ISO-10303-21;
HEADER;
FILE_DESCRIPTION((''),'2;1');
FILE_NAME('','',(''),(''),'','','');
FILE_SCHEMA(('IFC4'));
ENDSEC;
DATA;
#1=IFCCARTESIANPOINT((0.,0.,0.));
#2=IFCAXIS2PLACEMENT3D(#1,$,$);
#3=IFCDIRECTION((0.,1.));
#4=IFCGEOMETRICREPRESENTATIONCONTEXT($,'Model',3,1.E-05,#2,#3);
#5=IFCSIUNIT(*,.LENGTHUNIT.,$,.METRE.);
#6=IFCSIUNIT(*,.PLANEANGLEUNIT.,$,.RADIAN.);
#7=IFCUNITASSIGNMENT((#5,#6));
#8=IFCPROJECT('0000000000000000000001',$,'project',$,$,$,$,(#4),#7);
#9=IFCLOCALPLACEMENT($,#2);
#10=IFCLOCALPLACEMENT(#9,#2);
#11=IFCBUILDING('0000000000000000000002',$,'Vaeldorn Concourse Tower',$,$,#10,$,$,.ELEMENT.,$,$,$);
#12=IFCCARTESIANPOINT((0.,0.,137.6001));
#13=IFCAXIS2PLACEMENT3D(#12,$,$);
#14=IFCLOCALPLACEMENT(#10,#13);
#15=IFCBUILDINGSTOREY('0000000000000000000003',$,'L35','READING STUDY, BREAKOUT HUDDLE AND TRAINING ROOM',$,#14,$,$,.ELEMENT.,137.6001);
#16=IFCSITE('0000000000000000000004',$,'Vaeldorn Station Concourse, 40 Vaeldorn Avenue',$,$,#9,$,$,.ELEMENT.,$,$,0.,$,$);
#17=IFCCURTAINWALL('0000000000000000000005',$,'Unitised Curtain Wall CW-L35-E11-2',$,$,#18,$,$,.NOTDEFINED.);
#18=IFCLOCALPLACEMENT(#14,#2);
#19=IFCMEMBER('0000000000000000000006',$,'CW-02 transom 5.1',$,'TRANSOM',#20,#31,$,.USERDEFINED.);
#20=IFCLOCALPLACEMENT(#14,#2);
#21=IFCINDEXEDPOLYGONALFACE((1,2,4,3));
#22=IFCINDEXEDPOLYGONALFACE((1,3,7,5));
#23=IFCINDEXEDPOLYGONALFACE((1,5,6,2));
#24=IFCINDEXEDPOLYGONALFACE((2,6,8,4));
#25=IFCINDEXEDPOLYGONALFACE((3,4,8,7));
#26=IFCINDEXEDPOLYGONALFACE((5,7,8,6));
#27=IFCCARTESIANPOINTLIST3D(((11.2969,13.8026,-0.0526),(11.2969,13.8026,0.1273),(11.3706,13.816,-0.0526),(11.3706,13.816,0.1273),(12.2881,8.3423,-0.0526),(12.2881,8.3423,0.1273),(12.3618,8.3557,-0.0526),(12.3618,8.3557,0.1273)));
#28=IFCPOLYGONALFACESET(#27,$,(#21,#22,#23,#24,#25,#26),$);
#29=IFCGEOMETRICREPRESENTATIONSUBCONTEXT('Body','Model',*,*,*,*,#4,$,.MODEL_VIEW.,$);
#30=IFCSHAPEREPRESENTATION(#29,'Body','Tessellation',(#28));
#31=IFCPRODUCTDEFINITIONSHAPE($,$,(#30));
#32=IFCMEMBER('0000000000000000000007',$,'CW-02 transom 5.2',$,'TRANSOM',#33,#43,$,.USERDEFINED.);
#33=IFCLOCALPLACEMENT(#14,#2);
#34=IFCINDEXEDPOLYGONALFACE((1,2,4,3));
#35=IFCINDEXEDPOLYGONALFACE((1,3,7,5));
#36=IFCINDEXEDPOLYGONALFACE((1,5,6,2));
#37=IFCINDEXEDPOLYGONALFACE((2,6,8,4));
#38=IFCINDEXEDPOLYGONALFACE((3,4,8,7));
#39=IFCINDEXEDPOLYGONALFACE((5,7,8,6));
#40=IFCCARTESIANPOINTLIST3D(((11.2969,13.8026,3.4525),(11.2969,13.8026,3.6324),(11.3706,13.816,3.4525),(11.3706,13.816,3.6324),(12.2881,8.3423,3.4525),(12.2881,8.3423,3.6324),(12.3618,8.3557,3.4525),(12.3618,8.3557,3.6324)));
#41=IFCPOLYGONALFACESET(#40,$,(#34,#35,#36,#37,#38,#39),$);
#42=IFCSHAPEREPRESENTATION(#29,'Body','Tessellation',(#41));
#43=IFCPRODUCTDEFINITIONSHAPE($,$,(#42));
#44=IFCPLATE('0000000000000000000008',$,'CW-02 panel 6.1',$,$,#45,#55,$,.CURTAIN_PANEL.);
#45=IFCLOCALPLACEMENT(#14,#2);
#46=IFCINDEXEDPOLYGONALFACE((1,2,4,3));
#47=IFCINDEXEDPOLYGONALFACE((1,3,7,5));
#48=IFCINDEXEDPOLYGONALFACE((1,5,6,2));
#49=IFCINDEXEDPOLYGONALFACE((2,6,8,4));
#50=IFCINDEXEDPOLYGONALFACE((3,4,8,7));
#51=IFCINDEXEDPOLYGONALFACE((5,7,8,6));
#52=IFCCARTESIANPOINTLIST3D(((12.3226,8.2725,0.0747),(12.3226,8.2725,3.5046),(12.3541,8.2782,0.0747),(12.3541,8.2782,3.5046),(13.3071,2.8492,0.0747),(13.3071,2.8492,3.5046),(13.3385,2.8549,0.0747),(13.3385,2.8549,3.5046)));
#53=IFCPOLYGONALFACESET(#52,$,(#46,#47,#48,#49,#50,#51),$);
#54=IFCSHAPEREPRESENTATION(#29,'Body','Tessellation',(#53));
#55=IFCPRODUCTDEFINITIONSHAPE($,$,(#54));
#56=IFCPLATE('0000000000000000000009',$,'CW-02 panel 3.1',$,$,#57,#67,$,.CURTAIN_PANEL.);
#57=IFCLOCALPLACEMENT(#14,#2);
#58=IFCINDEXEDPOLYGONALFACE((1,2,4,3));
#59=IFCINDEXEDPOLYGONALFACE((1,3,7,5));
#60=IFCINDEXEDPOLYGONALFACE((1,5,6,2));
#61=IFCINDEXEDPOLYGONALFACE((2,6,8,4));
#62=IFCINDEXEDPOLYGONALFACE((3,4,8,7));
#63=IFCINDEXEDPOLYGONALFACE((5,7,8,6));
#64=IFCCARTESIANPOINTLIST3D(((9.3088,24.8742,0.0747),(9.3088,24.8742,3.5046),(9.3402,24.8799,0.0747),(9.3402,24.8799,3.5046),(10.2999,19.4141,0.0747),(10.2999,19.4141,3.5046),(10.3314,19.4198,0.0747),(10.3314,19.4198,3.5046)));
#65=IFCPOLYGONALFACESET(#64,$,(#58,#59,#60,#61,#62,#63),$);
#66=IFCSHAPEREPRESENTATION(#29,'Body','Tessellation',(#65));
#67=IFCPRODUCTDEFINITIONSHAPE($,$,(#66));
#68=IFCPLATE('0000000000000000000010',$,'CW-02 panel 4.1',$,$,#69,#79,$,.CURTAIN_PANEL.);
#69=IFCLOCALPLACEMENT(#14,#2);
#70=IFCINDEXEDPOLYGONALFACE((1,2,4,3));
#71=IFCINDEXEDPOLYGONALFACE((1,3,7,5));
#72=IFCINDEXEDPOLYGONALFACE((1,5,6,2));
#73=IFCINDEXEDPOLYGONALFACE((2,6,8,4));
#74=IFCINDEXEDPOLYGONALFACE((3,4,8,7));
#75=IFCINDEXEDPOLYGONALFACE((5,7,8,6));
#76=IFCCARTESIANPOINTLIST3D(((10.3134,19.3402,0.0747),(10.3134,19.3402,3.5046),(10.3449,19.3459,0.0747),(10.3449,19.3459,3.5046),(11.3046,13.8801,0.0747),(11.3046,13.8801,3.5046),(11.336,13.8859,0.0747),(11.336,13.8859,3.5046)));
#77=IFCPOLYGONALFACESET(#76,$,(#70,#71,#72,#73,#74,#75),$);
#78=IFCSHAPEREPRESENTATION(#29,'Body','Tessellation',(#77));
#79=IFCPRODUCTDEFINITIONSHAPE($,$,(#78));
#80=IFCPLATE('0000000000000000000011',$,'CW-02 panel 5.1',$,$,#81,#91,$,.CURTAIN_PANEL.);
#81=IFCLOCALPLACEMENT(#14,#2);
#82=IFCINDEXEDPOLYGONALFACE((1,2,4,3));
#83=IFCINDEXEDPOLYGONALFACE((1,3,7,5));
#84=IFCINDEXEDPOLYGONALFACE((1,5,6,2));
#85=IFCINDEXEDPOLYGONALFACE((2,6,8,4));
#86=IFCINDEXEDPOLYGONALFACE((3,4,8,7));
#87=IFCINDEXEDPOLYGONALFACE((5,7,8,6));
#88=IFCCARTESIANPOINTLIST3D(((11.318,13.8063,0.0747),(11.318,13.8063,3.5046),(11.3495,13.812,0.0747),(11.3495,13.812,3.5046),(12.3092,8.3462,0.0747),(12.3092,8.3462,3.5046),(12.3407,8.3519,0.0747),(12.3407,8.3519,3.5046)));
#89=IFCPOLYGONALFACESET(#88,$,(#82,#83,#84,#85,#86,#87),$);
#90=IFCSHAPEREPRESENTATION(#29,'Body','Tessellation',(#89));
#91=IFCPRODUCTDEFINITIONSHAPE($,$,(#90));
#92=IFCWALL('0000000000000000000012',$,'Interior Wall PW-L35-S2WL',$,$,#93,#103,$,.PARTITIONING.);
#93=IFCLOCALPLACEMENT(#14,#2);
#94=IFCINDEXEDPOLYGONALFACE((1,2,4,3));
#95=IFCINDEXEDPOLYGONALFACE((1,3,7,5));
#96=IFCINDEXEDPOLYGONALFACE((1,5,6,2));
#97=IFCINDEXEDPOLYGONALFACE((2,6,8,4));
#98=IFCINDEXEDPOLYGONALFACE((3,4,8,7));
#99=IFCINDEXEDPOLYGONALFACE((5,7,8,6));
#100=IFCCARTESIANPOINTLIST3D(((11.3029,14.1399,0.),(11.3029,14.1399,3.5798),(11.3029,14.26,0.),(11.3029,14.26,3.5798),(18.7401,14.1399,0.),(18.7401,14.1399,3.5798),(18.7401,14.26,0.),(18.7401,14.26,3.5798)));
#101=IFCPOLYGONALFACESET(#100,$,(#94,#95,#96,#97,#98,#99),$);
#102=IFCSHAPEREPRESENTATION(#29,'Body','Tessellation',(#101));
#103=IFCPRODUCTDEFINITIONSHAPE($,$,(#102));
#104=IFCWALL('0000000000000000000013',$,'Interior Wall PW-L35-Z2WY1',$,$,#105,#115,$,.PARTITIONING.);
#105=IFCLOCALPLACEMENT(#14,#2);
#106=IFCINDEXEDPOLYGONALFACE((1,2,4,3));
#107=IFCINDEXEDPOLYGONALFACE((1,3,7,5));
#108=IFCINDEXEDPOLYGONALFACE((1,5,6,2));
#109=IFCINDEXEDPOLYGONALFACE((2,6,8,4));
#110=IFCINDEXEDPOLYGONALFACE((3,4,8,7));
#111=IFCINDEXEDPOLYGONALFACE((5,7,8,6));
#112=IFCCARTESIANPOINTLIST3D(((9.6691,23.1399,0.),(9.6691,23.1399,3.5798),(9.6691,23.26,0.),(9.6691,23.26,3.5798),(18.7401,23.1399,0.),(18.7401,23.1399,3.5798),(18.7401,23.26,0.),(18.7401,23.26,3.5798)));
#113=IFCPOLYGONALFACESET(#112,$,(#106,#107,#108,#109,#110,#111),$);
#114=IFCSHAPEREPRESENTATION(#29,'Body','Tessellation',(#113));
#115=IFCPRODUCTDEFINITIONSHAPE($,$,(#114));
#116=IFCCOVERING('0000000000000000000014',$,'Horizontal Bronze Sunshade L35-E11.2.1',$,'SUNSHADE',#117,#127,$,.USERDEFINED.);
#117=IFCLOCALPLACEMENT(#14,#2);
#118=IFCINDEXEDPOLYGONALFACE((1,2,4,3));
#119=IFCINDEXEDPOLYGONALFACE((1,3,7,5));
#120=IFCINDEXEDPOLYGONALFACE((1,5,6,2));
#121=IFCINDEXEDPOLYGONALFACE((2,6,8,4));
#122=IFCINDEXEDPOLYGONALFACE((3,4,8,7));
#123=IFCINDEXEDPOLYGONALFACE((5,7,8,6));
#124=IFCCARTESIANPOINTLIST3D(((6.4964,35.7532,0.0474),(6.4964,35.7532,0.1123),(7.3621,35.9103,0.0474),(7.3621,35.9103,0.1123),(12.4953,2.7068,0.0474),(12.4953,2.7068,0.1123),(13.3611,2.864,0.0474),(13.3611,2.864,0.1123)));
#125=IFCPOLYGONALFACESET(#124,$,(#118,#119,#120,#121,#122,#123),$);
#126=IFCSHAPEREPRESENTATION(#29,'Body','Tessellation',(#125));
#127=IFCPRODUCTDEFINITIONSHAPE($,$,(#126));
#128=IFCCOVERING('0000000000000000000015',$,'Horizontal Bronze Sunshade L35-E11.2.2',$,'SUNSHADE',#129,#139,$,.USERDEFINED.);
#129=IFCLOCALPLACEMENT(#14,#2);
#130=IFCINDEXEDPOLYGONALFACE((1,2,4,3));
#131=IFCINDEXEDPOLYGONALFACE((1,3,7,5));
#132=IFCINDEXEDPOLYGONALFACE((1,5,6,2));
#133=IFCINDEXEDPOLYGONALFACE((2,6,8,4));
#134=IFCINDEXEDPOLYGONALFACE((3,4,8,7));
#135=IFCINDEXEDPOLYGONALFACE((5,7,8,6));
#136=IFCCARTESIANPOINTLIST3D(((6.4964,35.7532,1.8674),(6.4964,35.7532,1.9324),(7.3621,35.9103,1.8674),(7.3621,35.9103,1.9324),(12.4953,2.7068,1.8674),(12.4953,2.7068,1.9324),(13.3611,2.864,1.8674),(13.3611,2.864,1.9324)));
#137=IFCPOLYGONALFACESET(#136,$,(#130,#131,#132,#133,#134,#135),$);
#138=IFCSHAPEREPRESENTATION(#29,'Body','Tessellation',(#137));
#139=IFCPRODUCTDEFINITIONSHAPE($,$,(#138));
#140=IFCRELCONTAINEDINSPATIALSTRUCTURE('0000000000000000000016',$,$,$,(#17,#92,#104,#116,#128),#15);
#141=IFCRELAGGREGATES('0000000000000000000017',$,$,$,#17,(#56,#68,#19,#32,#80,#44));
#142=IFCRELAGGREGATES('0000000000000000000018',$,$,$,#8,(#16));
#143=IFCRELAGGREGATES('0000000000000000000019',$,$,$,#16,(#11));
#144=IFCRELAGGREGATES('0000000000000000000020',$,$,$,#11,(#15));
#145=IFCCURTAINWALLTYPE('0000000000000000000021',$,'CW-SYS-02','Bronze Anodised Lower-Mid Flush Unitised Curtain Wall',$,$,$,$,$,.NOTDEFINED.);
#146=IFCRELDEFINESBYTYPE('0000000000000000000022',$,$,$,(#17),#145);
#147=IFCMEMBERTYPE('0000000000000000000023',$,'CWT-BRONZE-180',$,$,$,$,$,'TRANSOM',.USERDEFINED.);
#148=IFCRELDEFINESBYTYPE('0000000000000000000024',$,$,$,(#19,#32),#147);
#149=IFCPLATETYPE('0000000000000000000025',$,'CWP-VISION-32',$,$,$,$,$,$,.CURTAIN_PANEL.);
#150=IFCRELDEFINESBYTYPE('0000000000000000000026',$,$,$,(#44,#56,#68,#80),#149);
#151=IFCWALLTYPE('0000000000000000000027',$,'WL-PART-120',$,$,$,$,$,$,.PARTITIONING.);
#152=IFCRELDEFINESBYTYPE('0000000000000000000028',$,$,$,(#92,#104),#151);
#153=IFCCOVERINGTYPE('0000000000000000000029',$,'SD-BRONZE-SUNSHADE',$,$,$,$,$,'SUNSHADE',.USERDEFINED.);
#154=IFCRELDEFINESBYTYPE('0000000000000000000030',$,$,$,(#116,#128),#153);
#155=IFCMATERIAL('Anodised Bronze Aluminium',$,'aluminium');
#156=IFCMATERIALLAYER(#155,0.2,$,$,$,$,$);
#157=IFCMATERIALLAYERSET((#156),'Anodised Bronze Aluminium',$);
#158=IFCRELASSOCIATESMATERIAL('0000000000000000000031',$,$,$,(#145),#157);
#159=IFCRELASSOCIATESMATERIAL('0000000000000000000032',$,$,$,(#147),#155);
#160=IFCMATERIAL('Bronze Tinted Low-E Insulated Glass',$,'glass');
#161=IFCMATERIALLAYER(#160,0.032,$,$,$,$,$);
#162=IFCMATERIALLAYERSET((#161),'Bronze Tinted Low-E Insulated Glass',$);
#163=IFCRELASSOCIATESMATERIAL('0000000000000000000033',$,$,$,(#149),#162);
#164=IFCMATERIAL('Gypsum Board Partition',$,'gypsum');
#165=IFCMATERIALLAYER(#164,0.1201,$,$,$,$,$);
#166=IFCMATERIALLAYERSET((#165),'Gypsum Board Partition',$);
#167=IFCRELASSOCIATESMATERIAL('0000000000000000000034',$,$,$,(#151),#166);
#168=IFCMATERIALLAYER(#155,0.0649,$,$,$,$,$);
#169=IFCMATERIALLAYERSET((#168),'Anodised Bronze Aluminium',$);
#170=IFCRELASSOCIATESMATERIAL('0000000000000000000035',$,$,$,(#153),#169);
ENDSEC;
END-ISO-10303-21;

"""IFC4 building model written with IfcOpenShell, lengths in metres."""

from ifc_helpers import new_model, si_unit, direction, frame, frame_2d, origin, origin_2d, place, context, subcontext, project, spatial, rectangle, extrude, source, transform, mapped, material, layer, layer_set, material_profile, profile_set, type_object, element, aggregate, save


model = new_model("IFC4")

# Units and contexts
model_context = context("Model", 3, precision=1e-05, world=origin(), true_north=direction((0.0, 1.0)))
body_context = subcontext(model_context, "Body", "Model", "MODEL_VIEW")
ifc_project = project(units=[si_unit("LENGTHUNIT", "METRE"), si_unit("PLANEANGLEUNIT", "RADIAN")], contexts=[model_context])

# Site, building, storey
site_placement = place(None, origin())
site = spatial("IfcSite", under=ifc_project, at=site_placement, Name="Vaeldorn Station Concourse, 40 Vaeldorn Avenue", CompositionType="ELEMENT", RefElevation=0.0)
building_placement = place(site_placement, origin())
building = spatial("IfcBuilding", under=site, at=building_placement, Name="Vaeldorn Concourse Tower", CompositionType="ELEMENT")
storey_placement = place(building_placement, frame((0.0, 0.0, 137.6001)))
storey = spatial("IfcBuildingStorey", under=building, at=storey_placement, Name="L35", Description="READING STUDY, BREAKOUT HUDDLE AND TRAINING ROOM", CompositionType="ELEMENT", Elevation=137.6001)

# Curtain wall, members, plates
ifc_material_1 = material(Name="Anodised Bronze Aluminium", Category="aluminium")
ifc_layer_1 = layer(ifc_material_1, 0.2)
ifc_layer_set_1 = layer_set([ifc_layer_1], Name="Anodised Bronze Aluminium")
curtain_wall_type = type_object("IfcCurtainWallType", Name="CW-SYS-02", Description="Bronze Anodised Lower-Mid Flush Unitised Curtain Wall", PredefinedType="NOTDEFINED", material=ifc_layer_set_1)
curtain_wall_placement = place(storey_placement, origin())
curtain_wall = element("IfcCurtainWall", 1, at=curtain_wall_placement, inside=storey, type_object=curtain_wall_type, Name="Unitised Curtain Wall CW-L35-E11-2", PredefinedType="NOTDEFINED")
ifc_material_profile_1 = material_profile(ifc_material_1, rectangle(XDim=0.075, YDim=0.1799, at=origin_2d()), Name="CWT 75x180")
ifc_profile_set_1 = profile_set([ifc_material_profile_1], Name="Anodised Bronze Aluminium")
member_type_1 = type_object("IfcMemberType", Name="CWT-BRONZE-180", ElementType="TRANSOM", PredefinedType="USERDEFINED", material=ifc_profile_set_1)
shared_shape_1 = source(origin(), body_context, "Body", "SweptSolid", [
    extrude(rectangle(XDim=0.075, YDim=0.1799, at=origin_2d()), origin(), (0.0, 0.0, 1.0), 5.5496),
])
member_1_placement = place(storey_placement, frame((11.3337, 13.8093, 0.0374), z_axis=(0.178614, -0.983919, 0.0), x_axis=(0.983919, 0.178614, 0.0)))
member_1 = element("IfcMember", 2, at=member_1_placement, type_object=member_type_1, Name="CW-02 transom 5.1", ObjectType="TRANSOM", PredefinedType="USERDEFINED", context=body_context, shape_type="MappedRepresentation", body=[
    mapped(shared_shape_1, transform((0.0, 0.0, 0.0), scale=1.0)),
])
member_2_placement = place(storey_placement, frame((11.3337, 13.8093, 3.5425), z_axis=(0.178614, -0.983919, 0.0), x_axis=(0.983919, 0.178614, 0.0)))
member_2 = element("IfcMember", 3, at=member_2_placement, type_object=member_type_1, Name="CW-02 transom 5.2", ObjectType="TRANSOM", PredefinedType="USERDEFINED", context=body_context, shape_type="MappedRepresentation", body=[
    mapped(shared_shape_1, transform((0.0, 0.0, 0.0), scale=1.0)),
])
ifc_material_2 = material(Name="Bronze Tinted Low-E Insulated Glass", Category="glass")
ifc_layer_2 = layer(ifc_material_2, 0.032)
ifc_layer_set_2 = layer_set([ifc_layer_2], Name="Bronze Tinted Low-E Insulated Glass")
plate_type = type_object("IfcPlateType", Name="CWP-VISION-32", PredefinedType="CURTAIN_PANEL", material=ifc_layer_set_2)
shared_shape_2 = source(origin(), body_context, "Body", "SweptSolid", [
    extrude(rectangle(XDim=5.512, YDim=0.032, at=origin_2d()), origin(), (0.0, 0.0, 1.0), 3.4299),
])
plate_1_placement = place(storey_placement, frame((12.8306, 5.5637, 0.0747), z_axis=(0.0, 0.0, 1.0), x_axis=(0.178608, -0.98392, 0.0)))
plate_1 = element("IfcPlate", 4, at=plate_1_placement, type_object=plate_type, Name="CW-02 panel 6.1", PredefinedType="CURTAIN_PANEL", context=body_context, shape_type="MappedRepresentation", body=[
    mapped(shared_shape_2, transform((0.0, 0.0, 0.0), scale=1.0)),
])
shared_shape_3 = source(origin(), body_context, "Body", "SweptSolid", [
    extrude(rectangle(XDim=5.5493, YDim=0.032, at=origin_2d()), origin(), (0.0, 0.0, 1.0), 3.4299),
])
plate_2_placement = place(storey_placement, frame((9.8201, 22.147, 0.0747), z_axis=(0.0, 0.0, 1.0), x_axis=(0.178608, -0.98392, 0.0)))
plate_2 = element("IfcPlate", 5, at=plate_2_placement, type_object=plate_type, Name="CW-02 panel 3.1", PredefinedType="CURTAIN_PANEL", context=body_context, shape_type="MappedRepresentation", body=[
    mapped(shared_shape_3, transform((0.0, 0.0, 0.0), scale=1.0)),
])
plate_3_placement = place(storey_placement, frame((10.8247, 16.613, 0.0747), z_axis=(0.0, 0.0, 1.0), x_axis=(0.178608, -0.98392, 0.0)))
plate_3 = element("IfcPlate", 6, at=plate_3_placement, type_object=plate_type, Name="CW-02 panel 4.1", PredefinedType="CURTAIN_PANEL", context=body_context, shape_type="MappedRepresentation", body=[
    mapped(shared_shape_3, transform((0.0, 0.0, 0.0), scale=1.0)),
])
plate_4_placement = place(storey_placement, frame((11.8293, 11.0791, 0.0747), z_axis=(0.0, 0.0, 1.0), x_axis=(0.178608, -0.98392, 0.0)))
plate_4 = element("IfcPlate", 7, at=plate_4_placement, type_object=plate_type, Name="CW-02 panel 5.1", PredefinedType="CURTAIN_PANEL", context=body_context, shape_type="MappedRepresentation", body=[
    mapped(shared_shape_3, transform((0.0, 0.0, 0.0), scale=1.0)),
])
aggregate(curtain_wall, [plate_2, plate_3, member_1, member_2, plate_4, plate_1])

# Walls
ifc_material_3 = material(Name="Gypsum Board Partition", Category="gypsum")
ifc_layer_3 = layer(ifc_material_3, 0.1201)
ifc_layer_set_3 = layer_set([ifc_layer_3], Name="Gypsum Board Partition")
wall_type = type_object("IfcWallType", Name="WL-PART-120", PredefinedType="PARTITIONING", material=ifc_layer_set_3)
wall_1_placement = place(storey_placement, frame((11.3027, 14.2, 0.0), z_axis=(0.0, 0.0, 1.0), x_axis=(1.0, 0.0, 0.0)))
element("IfcWall", 8, at=wall_1_placement, inside=storey, type_object=wall_type, Name="Interior Wall PW-L35-S2WL", PredefinedType="PARTITIONING", context=body_context, shape_type="SweptSolid", body=[
    extrude(rectangle(XDim=7.4373, YDim=0.1201, at=frame_2d((3.7188, 0.0))), origin(), (0.0, 0.0, 1.0), 3.5798),
])
wall_2_placement = place(storey_placement, frame((9.6689, 23.2, 0.0), z_axis=(0.0, 0.0, 1.0), x_axis=(1.0, 0.0, 0.0)))
element("IfcWall", 9, at=wall_2_placement, inside=storey, type_object=wall_type, Name="Interior Wall PW-L35-Z2WY1", PredefinedType="PARTITIONING", context=body_context, shape_type="SweptSolid", body=[
    extrude(rectangle(XDim=9.071, YDim=0.1201, at=frame_2d((4.5356, 0.0))), origin(), (0.0, 0.0, 1.0), 3.5798),
])

# Coverings
ifc_layer_4 = layer(ifc_material_1, 0.0649)
ifc_layer_set_4 = layer_set([ifc_layer_4], Name="Anodised Bronze Aluminium")
covering_type = type_object("IfcCoveringType", Name="SD-BRONZE-SUNSHADE", ElementType="SUNSHADE", PredefinedType="USERDEFINED", material=ifc_layer_set_4)
shared_shape_4 = source(origin(), body_context, "Body", "SweptSolid", [
    extrude(rectangle(XDim=33.5864, YDim=0.8799, at=origin_2d()), origin(), (0.0, 0.0, 1.0), 0.0649),
])
for number, where, z_axis, x_axis, name in (
    (10, (9.9287, 19.3086, 0.0474), (0.0, 0.0, 1.0), (0.178613, -0.983919, 0.0), "Horizontal Bronze Sunshade L35-E11.2.1"),
    (11, (9.9287, 19.3086, 1.8674), (0.0, 0.0, 1.0), (0.178613, -0.983919, 0.0), "Horizontal Bronze Sunshade L35-E11.2.2"),
):
    element("IfcCovering", number, at=place(storey_placement, frame(where, z_axis=z_axis, x_axis=x_axis)), inside=storey, type_object=covering_type, Name=name, ObjectType="SUNSHADE", PredefinedType="USERDEFINED", context=body_context, shape_type="MappedRepresentation", body=[
        mapped(shared_shape_4, transform((0.0, 0.0, 0.0), scale=1.0)),
    ])

save(model, "model.ifc")
